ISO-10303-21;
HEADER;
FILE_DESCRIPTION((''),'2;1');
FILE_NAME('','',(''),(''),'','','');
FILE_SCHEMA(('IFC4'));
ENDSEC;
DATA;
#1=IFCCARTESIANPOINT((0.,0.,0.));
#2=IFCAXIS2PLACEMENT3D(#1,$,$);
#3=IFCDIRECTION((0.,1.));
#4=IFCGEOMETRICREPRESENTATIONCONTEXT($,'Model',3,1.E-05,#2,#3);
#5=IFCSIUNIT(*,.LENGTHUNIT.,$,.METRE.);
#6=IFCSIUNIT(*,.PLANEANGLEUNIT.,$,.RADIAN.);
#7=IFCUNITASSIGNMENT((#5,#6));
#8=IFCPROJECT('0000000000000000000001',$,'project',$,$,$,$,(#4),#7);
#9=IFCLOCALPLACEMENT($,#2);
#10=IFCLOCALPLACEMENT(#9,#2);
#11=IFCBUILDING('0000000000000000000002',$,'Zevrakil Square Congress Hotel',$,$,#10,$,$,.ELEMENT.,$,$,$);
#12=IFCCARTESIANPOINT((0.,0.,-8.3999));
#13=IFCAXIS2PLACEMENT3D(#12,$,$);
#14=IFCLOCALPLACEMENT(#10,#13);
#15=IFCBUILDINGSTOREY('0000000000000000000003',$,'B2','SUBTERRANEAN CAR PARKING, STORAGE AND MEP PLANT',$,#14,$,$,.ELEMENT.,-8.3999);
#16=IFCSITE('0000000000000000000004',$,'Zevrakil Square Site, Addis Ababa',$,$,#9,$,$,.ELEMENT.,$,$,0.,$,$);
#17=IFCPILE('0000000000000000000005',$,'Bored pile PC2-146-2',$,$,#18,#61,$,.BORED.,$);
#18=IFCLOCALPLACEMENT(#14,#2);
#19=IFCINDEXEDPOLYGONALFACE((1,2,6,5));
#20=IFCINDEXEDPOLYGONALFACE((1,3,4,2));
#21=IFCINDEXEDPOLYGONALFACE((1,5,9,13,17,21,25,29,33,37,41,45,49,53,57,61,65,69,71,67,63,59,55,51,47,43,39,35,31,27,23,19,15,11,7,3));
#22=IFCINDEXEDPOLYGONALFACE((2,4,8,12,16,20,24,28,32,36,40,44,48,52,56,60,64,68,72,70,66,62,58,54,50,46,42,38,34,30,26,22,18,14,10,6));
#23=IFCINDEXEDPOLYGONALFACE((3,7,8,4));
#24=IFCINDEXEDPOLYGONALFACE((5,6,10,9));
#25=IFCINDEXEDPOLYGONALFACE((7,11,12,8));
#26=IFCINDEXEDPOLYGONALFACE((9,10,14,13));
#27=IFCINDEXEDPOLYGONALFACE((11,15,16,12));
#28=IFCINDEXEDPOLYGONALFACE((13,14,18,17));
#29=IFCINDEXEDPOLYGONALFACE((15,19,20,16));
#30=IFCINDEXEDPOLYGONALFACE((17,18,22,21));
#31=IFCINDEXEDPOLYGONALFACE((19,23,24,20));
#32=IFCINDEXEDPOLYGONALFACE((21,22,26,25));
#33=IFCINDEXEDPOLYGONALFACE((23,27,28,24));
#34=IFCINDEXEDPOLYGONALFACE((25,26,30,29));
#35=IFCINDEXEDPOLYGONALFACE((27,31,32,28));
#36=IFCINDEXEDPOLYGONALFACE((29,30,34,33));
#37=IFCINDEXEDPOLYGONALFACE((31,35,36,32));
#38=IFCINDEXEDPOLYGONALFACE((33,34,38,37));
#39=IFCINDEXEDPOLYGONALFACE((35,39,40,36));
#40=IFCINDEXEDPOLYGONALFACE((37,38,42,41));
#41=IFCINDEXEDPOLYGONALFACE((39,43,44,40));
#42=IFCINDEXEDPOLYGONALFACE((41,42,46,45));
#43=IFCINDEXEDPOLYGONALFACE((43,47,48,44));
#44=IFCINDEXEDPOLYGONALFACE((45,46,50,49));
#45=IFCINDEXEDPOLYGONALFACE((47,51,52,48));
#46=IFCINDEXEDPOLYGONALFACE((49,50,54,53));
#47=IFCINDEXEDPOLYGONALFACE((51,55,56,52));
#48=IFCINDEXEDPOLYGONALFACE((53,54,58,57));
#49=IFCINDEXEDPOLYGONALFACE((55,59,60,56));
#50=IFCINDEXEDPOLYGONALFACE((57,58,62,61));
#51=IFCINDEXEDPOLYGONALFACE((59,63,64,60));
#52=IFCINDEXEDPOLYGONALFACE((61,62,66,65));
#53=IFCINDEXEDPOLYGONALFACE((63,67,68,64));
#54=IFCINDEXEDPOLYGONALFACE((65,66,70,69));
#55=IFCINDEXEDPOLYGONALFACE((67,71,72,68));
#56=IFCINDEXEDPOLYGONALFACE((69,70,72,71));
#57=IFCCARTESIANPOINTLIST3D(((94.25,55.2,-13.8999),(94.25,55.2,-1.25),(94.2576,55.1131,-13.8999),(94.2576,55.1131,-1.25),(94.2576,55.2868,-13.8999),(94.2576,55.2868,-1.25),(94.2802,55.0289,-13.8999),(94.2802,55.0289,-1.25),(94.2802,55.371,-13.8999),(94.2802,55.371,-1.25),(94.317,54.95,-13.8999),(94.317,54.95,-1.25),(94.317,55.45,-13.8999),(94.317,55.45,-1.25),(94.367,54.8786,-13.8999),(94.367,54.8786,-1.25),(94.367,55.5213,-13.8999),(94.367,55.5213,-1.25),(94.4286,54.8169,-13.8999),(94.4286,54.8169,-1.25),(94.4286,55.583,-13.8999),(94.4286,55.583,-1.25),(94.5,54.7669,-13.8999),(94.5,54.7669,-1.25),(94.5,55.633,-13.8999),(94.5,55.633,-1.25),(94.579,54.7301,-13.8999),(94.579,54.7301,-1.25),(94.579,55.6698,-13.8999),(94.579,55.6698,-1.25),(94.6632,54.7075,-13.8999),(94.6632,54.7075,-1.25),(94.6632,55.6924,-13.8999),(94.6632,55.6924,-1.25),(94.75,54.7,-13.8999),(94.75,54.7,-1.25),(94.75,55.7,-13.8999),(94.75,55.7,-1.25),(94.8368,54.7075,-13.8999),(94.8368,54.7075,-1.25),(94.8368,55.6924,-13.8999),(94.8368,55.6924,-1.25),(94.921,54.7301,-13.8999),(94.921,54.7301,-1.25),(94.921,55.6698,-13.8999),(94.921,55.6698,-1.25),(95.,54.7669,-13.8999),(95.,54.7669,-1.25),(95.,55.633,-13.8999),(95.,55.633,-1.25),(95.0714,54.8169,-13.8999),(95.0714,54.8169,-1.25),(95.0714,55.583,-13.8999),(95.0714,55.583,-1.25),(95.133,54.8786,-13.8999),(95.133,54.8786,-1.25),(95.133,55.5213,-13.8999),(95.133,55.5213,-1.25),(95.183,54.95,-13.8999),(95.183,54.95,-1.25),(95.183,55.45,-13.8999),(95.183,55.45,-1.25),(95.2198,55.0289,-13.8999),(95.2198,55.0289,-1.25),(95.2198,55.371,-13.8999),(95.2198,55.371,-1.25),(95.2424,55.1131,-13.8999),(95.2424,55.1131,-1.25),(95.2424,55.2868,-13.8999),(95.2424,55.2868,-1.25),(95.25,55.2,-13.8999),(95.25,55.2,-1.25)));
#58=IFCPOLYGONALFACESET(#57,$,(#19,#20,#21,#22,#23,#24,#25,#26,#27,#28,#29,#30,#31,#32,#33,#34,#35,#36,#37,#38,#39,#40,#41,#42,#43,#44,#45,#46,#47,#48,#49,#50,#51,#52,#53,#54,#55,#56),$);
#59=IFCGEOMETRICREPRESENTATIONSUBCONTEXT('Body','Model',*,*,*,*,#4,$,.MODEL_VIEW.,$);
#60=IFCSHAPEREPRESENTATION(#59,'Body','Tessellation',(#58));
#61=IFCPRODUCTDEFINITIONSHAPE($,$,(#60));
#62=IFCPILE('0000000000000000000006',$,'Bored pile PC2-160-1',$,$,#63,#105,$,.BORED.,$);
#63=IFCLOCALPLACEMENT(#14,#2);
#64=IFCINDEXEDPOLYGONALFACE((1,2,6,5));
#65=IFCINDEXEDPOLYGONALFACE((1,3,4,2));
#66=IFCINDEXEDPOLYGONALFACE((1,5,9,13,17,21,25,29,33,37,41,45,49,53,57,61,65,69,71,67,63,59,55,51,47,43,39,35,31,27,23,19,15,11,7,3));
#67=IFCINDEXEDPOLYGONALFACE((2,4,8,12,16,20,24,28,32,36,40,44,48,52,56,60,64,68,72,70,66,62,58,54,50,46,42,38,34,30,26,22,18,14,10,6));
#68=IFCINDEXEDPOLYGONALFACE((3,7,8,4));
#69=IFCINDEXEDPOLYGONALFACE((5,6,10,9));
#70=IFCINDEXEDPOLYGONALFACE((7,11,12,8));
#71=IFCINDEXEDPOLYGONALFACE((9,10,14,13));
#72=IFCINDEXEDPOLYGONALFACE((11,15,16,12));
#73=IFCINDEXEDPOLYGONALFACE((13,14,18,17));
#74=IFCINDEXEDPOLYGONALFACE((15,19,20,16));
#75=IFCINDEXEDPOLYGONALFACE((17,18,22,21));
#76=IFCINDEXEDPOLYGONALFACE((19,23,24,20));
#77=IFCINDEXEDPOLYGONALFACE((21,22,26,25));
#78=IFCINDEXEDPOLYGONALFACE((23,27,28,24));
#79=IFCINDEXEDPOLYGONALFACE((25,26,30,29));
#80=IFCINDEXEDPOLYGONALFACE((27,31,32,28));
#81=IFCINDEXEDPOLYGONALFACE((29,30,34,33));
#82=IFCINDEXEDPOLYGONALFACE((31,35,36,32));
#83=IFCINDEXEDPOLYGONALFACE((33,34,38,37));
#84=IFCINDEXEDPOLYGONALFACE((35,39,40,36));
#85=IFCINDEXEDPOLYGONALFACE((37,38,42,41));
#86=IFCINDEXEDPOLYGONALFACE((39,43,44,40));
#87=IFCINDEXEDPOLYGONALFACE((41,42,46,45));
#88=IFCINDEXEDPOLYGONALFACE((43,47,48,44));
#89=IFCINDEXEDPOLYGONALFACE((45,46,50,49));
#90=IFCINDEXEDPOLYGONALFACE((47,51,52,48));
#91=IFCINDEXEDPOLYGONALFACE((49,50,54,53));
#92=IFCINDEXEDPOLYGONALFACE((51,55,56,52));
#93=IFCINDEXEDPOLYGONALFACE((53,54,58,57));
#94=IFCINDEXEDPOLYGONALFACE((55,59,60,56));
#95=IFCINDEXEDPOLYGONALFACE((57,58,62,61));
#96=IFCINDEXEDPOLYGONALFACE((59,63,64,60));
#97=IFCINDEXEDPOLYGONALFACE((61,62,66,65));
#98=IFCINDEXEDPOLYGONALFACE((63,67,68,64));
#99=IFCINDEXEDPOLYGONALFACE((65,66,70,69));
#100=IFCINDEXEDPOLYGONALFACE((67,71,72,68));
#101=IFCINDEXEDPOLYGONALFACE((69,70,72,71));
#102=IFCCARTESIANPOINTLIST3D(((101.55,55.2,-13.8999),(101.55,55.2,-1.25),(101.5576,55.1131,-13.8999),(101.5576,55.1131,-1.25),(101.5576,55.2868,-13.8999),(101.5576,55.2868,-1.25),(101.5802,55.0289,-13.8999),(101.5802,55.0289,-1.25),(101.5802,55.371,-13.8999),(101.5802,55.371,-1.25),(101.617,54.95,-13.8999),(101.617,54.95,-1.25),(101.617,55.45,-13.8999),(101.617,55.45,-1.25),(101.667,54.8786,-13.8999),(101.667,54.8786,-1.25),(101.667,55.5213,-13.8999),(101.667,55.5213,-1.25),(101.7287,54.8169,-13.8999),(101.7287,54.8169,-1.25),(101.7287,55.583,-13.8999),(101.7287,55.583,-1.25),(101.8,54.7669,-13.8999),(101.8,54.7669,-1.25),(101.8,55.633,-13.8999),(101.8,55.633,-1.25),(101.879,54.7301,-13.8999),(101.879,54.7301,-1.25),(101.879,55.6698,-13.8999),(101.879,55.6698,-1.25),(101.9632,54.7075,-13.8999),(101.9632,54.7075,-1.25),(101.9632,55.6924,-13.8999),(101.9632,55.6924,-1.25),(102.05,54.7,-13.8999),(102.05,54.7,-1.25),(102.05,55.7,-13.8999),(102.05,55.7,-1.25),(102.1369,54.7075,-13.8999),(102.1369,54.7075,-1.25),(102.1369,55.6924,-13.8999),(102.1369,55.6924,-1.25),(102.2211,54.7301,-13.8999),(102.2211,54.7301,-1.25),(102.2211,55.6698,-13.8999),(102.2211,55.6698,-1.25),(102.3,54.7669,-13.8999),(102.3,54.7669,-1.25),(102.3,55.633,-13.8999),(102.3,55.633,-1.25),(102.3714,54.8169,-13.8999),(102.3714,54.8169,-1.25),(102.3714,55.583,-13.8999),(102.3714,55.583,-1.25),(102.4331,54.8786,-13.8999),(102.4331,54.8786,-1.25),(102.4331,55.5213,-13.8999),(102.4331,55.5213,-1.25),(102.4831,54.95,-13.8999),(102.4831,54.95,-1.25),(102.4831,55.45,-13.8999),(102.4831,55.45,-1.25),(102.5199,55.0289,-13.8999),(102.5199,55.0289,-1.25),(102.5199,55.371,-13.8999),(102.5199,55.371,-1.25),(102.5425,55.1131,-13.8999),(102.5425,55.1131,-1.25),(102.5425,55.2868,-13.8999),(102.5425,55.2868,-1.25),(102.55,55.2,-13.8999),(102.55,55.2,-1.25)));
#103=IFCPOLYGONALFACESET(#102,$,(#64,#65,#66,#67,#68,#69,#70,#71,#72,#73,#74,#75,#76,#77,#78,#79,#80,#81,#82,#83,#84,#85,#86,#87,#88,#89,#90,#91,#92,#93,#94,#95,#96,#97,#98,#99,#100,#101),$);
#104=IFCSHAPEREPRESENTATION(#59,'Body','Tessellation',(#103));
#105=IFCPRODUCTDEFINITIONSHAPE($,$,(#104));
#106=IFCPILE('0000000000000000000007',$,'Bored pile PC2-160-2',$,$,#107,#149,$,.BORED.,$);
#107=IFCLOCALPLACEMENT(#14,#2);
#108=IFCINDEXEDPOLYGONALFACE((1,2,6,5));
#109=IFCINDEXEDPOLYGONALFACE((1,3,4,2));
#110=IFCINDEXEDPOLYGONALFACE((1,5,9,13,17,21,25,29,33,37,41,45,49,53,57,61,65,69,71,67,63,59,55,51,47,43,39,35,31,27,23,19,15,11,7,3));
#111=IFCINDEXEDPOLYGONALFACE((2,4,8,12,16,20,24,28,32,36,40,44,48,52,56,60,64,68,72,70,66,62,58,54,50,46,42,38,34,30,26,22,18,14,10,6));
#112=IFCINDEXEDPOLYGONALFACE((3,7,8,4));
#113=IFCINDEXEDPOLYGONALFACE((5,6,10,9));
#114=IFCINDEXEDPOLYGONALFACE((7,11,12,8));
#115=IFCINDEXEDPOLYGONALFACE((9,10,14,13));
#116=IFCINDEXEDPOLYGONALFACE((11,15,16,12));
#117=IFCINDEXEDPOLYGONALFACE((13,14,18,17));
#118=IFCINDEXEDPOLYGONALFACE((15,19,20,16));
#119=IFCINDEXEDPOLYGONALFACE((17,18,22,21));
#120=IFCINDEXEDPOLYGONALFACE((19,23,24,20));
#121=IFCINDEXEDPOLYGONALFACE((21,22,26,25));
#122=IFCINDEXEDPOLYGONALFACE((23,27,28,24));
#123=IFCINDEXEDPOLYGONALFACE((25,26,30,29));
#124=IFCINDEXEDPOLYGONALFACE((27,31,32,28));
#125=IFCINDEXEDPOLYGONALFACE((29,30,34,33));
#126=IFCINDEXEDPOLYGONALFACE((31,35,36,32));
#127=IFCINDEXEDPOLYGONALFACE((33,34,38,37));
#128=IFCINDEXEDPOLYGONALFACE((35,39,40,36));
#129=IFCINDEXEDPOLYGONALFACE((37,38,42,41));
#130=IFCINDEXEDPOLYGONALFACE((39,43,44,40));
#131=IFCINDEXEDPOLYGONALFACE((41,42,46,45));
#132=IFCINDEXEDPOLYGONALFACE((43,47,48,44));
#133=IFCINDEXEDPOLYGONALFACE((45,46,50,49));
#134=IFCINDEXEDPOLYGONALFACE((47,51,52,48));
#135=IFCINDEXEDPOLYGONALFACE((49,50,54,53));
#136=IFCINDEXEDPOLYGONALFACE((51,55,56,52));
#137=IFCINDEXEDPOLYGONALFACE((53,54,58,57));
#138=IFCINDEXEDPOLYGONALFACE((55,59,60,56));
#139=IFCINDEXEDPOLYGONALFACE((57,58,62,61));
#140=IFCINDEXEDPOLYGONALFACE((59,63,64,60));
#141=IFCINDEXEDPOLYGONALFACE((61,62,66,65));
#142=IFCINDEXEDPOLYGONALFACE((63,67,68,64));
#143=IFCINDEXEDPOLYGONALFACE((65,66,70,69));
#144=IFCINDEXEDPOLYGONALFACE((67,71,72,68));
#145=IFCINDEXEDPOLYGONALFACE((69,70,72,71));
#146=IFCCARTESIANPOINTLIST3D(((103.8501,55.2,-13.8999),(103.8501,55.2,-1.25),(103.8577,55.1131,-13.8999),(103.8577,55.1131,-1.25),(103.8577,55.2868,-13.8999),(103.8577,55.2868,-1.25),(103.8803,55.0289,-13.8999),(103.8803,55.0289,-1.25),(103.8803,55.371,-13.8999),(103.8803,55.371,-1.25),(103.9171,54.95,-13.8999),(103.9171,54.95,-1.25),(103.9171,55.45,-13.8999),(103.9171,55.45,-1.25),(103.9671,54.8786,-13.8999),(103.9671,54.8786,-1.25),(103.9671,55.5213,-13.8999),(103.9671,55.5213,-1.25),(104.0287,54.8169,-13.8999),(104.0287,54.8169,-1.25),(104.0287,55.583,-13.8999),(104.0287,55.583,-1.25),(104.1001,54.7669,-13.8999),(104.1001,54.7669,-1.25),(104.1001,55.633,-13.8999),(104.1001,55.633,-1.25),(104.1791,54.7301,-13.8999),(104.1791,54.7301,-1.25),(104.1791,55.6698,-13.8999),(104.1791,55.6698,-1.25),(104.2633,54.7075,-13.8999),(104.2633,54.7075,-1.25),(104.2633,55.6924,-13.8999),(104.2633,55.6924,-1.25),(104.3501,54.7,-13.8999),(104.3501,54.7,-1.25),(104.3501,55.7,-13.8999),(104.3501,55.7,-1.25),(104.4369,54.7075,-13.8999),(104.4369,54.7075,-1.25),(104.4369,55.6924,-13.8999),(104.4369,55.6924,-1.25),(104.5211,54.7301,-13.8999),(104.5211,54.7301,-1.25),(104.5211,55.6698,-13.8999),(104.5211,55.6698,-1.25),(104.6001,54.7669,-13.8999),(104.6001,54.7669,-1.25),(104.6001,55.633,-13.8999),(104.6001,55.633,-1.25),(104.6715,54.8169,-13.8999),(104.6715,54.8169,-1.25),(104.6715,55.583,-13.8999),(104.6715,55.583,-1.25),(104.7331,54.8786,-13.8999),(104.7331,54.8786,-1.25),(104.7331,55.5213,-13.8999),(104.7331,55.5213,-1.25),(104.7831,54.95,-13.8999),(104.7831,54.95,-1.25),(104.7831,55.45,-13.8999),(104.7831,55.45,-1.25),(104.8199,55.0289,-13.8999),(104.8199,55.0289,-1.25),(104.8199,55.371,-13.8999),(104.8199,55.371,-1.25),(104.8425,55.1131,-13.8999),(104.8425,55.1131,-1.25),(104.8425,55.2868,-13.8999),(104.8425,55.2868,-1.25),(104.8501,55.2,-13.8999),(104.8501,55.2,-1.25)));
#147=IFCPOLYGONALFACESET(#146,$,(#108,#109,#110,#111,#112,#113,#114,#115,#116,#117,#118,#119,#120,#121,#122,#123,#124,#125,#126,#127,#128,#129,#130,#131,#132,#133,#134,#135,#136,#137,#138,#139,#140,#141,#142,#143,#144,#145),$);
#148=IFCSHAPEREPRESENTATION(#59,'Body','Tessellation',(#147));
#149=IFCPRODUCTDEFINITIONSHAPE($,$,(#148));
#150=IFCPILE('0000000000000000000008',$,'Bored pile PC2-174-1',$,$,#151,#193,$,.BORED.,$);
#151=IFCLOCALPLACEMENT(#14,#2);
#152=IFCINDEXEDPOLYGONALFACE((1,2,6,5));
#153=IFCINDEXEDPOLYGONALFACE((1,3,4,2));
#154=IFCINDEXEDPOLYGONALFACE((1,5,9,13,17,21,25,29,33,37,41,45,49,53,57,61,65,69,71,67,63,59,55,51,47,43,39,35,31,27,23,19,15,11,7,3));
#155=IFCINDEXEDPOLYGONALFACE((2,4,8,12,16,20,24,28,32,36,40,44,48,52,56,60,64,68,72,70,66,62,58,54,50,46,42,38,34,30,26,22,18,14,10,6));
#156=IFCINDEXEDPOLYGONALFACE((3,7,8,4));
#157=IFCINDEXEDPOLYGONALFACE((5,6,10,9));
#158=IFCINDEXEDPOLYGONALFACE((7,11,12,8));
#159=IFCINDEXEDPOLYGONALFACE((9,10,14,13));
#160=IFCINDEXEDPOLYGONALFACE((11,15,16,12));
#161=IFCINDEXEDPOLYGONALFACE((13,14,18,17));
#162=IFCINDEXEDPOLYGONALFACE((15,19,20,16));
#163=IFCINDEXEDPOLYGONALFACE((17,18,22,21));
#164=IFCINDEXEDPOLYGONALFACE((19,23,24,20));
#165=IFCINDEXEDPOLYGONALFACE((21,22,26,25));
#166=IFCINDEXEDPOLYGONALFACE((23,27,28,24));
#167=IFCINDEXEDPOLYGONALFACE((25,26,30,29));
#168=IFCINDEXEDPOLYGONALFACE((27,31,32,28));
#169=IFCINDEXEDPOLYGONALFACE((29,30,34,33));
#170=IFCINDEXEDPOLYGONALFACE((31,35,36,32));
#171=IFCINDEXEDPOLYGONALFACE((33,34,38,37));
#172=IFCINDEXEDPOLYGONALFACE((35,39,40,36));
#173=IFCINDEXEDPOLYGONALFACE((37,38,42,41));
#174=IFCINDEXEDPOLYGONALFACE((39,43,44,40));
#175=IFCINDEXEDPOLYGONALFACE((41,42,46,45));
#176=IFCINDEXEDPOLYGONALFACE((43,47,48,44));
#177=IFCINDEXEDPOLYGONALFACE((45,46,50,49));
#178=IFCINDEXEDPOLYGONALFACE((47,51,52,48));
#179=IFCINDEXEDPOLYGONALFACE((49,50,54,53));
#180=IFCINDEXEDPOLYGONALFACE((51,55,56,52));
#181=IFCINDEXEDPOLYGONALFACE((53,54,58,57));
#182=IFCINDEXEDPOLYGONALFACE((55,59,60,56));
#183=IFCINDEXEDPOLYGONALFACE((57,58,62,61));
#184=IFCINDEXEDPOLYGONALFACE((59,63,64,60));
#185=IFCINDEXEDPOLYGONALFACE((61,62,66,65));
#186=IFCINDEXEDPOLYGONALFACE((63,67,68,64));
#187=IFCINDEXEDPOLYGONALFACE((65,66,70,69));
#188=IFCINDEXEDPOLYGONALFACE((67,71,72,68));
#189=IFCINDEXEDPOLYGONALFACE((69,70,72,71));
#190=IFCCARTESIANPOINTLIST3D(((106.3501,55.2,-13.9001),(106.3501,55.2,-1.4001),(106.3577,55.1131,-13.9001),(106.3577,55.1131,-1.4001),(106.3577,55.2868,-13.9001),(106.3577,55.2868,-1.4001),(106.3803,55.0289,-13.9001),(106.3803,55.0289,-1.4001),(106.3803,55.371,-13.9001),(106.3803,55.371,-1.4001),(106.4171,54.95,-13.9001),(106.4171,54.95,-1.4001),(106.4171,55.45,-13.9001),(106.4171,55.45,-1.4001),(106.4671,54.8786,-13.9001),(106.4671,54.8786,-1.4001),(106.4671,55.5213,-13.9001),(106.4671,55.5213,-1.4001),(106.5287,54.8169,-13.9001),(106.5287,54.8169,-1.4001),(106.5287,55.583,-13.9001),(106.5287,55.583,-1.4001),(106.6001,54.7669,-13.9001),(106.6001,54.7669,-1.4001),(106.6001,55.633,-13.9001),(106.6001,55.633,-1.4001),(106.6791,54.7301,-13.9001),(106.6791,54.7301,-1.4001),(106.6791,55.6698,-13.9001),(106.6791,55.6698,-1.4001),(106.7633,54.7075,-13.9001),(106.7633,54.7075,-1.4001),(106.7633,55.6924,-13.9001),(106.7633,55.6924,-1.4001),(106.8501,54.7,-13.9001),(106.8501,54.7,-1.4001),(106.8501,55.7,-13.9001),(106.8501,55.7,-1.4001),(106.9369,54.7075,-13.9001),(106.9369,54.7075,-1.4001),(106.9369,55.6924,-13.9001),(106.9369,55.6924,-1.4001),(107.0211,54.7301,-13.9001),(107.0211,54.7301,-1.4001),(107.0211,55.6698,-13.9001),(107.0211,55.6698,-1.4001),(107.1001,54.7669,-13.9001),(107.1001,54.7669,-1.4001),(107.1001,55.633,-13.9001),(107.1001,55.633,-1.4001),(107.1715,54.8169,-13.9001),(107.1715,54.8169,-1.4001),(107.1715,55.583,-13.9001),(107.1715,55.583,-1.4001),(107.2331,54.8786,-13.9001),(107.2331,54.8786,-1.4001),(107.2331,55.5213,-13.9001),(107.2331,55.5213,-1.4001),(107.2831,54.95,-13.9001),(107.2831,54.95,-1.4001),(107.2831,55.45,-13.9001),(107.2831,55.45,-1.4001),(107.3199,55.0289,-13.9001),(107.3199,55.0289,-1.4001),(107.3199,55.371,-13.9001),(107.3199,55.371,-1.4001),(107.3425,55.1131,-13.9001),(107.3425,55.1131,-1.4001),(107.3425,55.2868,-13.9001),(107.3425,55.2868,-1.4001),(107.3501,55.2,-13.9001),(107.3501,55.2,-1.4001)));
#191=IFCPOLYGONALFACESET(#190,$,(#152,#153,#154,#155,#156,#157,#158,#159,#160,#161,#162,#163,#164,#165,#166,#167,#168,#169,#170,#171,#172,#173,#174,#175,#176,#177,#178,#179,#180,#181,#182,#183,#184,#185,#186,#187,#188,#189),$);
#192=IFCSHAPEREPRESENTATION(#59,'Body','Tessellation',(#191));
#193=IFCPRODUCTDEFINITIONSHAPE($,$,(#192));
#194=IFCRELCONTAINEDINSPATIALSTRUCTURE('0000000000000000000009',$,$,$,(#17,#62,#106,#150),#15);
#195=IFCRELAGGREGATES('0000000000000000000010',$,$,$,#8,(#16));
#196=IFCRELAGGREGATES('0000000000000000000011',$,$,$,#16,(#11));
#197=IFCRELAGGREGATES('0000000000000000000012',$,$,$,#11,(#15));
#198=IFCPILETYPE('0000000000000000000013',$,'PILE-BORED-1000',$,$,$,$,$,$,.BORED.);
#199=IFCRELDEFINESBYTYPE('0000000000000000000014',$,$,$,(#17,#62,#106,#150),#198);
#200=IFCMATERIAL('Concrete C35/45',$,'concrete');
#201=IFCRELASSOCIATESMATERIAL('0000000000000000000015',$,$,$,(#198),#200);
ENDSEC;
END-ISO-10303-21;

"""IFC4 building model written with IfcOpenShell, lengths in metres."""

from ifc_helpers import new_model, si_unit, direction, frame, origin, origin_2d, place, context, subcontext, project, spatial, circle, extrude, material, material_profile, profile_set, type_object, element, save


model = new_model("IFC4")

# Units and contexts
model_context = context("Model", 3, precision=1e-05, world=origin(), true_north=direction((0.0, 1.0)))
body_context = subcontext(model_context, "Body", "Model", "MODEL_VIEW")
ifc_project = project(units=[si_unit("LENGTHUNIT", "METRE"), si_unit("PLANEANGLEUNIT", "RADIAN")], contexts=[model_context])

# Site, building, storey
site_placement = place(None, origin())
site = spatial("IfcSite", under=ifc_project, at=site_placement, Name="Zevrakil Square Site, Addis Ababa", CompositionType="ELEMENT", RefElevation=0.0)
building_placement = place(site_placement, origin())
building = spatial("IfcBuilding", under=site, at=building_placement, Name="Zevrakil Square Congress Hotel", CompositionType="ELEMENT")
storey_placement = place(building_placement, frame((0.0, 0.0, -8.3999)))
storey = spatial("IfcBuildingStorey", under=building, at=storey_placement, Name="B2", Description="SUBTERRANEAN CAR PARKING, STORAGE AND MEP PLANT", CompositionType="ELEMENT", Elevation=-8.3999)

# Piles
ifc_material_1 = material(Name="Concrete C35/45", Category="concrete")
ifc_material_profile_1 = material_profile(ifc_material_1, circle(Radius=0.5, at=origin_2d()), Name="PILE D1000")
ifc_profile_set_1 = profile_set([ifc_material_profile_1], Name="Concrete C35/45")
pile_type = type_object("IfcPileType", Name="PILE-BORED-1000", PredefinedType="BORED", material=ifc_profile_set_1)
for number, where, z_axis, x_axis, name in (
    (1, (94.75, 55.2, -1.25), (0.0, 0.0, -1.0), (1.0, 0.0, 0.0), "Bored pile PC2-146-2"),
    (2, (102.05, 55.2, -1.25), (0.0, 0.0, -1.0), (1.0, 0.0, 0.0), "Bored pile PC2-160-1"),
    (3, (104.3501, 55.2, -1.25), (0.0, 0.0, -1.0), (1.0, 0.0, 0.0), "Bored pile PC2-160-2"),
):
    element("IfcPile", number, at=place(storey_placement, frame(where, z_axis=z_axis, x_axis=x_axis)), inside=storey, type_object=pile_type, Name=name, PredefinedType="BORED", context=body_context, shape_type="SweptSolid", body=[
        extrude(circle(Radius=0.5, at=origin_2d()), origin(), (0.0, 0.0, 1.0), 12.6499),
    ])
for number, where, z_axis, x_axis, name in (
    (4, (106.8501, 55.2, -1.4001), (0.0, 0.0, -1.0), (1.0, 0.0, 0.0), "Bored pile PC2-174-1"),
):
    element("IfcPile", number, at=place(storey_placement, frame(where, z_axis=z_axis, x_axis=x_axis)), inside=storey, type_object=pile_type, Name=name, PredefinedType="BORED", context=body_context, shape_type="SweptSolid", body=[
        extrude(circle(Radius=0.5, at=origin_2d()), origin(), (0.0, 0.0, 1.0), 12.5),
    ])

save(model, "model.ifc")
